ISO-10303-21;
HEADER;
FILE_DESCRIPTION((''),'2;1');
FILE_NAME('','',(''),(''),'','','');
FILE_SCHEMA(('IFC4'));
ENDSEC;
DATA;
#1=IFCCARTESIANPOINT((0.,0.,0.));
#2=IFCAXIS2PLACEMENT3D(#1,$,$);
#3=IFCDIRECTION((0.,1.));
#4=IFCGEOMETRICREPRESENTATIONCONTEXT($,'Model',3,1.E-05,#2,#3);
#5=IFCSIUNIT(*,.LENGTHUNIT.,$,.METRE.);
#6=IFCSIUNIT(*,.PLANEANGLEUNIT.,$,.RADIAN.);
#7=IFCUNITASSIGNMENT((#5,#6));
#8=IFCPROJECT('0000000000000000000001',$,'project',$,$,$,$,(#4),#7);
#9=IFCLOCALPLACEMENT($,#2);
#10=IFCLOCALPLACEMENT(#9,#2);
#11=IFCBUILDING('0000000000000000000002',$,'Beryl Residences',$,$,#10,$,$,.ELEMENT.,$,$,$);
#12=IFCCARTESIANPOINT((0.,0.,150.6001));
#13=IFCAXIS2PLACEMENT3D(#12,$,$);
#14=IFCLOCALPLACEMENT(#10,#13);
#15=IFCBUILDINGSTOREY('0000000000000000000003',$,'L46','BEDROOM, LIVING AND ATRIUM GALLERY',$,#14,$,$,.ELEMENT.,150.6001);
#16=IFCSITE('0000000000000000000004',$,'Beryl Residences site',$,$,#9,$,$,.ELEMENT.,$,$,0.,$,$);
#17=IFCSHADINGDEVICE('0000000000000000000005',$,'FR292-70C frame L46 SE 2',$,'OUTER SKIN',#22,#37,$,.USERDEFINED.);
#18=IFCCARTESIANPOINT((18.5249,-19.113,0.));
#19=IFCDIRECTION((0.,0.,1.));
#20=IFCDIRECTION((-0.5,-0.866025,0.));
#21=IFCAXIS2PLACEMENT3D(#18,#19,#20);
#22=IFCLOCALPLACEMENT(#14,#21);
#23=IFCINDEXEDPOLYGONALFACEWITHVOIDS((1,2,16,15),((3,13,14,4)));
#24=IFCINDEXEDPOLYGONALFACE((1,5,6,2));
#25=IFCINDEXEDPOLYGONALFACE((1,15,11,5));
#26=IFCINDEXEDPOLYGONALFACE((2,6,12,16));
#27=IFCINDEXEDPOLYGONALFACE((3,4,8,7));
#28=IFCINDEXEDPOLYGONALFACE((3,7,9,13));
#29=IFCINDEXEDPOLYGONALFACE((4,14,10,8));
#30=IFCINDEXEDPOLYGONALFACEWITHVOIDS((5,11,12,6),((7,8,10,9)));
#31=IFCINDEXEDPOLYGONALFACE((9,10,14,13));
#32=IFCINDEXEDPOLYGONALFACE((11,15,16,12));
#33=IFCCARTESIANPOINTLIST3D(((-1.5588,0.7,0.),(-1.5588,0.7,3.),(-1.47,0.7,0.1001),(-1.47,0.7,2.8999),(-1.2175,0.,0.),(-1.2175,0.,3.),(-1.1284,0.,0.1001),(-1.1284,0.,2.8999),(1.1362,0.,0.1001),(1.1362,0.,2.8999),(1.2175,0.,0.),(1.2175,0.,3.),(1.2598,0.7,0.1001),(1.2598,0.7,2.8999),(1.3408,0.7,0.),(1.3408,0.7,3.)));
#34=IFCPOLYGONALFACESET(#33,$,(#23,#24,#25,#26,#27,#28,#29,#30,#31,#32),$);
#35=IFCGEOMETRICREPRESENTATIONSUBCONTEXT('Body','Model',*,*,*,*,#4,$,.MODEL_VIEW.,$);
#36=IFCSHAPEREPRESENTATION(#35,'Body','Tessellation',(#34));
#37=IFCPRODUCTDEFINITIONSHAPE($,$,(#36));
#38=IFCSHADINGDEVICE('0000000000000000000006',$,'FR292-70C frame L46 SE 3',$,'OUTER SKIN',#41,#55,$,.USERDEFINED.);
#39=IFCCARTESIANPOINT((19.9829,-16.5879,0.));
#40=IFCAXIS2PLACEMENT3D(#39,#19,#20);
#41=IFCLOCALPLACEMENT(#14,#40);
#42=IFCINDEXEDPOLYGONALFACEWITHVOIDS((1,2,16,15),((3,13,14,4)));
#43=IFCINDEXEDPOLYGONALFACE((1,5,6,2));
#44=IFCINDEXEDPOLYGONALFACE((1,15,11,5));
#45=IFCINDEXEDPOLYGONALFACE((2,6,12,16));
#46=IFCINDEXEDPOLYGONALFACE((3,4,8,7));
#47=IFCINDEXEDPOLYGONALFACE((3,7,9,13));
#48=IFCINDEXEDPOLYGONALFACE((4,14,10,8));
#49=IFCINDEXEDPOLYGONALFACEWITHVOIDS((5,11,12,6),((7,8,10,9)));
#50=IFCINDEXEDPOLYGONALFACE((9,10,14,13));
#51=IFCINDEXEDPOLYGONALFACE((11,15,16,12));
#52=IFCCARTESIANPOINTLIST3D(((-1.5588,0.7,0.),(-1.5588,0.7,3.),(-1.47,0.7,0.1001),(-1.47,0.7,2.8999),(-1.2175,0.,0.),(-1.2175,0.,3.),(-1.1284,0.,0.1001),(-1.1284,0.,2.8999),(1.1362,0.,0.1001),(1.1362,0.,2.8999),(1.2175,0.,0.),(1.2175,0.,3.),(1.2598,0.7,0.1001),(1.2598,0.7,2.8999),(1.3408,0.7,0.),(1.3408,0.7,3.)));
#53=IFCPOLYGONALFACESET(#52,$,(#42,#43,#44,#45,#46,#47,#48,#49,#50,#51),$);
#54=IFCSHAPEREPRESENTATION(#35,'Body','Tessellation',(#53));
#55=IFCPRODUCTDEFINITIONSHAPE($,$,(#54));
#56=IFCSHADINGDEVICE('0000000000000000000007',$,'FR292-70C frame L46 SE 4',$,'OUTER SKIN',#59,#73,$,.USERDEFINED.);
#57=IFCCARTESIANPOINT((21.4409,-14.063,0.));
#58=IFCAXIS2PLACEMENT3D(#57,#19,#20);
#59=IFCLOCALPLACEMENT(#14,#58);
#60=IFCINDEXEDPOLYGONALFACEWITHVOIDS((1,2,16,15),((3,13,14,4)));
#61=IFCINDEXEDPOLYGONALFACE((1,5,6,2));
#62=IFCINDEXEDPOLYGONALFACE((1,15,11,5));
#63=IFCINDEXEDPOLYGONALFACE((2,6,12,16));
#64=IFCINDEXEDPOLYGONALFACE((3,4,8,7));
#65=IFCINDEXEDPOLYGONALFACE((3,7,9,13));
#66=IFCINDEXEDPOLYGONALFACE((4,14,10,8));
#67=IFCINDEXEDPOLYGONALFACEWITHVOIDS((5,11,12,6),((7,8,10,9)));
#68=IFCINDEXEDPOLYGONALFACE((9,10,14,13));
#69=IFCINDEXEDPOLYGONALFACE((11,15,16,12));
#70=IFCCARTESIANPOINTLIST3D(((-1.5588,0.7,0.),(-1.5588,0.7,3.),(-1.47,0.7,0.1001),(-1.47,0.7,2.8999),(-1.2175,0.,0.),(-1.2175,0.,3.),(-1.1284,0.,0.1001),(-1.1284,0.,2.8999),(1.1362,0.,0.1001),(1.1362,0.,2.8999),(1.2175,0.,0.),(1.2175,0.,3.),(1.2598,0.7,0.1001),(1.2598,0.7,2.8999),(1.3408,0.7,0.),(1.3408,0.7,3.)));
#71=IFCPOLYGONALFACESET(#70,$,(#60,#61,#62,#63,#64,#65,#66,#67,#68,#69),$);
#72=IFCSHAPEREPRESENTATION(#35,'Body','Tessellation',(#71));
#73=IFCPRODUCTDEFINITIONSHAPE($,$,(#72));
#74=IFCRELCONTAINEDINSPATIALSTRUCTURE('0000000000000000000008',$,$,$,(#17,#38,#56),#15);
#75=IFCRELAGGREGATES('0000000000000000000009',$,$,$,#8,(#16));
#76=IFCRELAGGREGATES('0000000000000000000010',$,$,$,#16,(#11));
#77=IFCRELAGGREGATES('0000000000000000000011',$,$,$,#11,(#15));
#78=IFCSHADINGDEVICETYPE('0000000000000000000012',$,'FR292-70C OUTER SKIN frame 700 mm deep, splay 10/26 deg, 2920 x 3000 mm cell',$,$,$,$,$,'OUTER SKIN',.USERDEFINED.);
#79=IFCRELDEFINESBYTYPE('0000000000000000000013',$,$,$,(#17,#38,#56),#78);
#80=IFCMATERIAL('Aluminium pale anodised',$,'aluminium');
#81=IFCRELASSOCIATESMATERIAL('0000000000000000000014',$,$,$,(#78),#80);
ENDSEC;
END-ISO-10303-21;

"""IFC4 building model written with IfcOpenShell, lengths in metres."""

from ifc_helpers import new_model, entity, si_unit, direction, frame, origin, place, context, subcontext, project, spatial, source, transform, mapped, material, type_object, type_shapes, element, save


model = new_model("IFC4")

# Units and contexts
model_context = context("Model", 3, precision=1e-05, world=origin(), true_north=direction((0.0, 1.0)))
body_context = subcontext(model_context, "Body", "Model", "MODEL_VIEW")
ifc_project = project(units=[si_unit("LENGTHUNIT", "METRE"), si_unit("PLANEANGLEUNIT", "RADIAN")], contexts=[model_context])

# Site, building, storey
site_placement = place(None, origin())
site = spatial("IfcSite", under=ifc_project, at=site_placement, Name="Beryl Residences site", CompositionType="ELEMENT", RefElevation=0.0)
building_placement = place(site_placement, origin())
building = spatial("IfcBuilding", under=site, at=building_placement, Name="Beryl Residences", CompositionType="ELEMENT")
storey_placement = place(building_placement, frame((0.0, 0.0, 150.6001)))
storey = spatial("IfcBuildingStorey", under=building, at=storey_placement, Name="L46", Description="BEDROOM, LIVING AND ATRIUM GALLERY", CompositionType="ELEMENT", Elevation=150.6001)

# Shading devices
ifc_material_1 = material(Name="Aluminium pale anodised", Category="aluminium")
shading_device_type = type_object("IfcShadingDeviceType", Name="FR292-70C OUTER SKIN frame 700 mm deep, splay 10/26 deg, 2920 x 3000 mm cell", ElementType="OUTER SKIN", PredefinedType="USERDEFINED", material=ifc_material_1)
cartesian_point_1 = entity("IfcCartesianPoint", [-1.2175, 0.0])
cartesian_point_2 = entity("IfcCartesianPoint", [-1.1362, 0.1001])
cartesian_point_3 = entity("IfcCartesianPoint", [-1.3408, 0.0])
cartesian_point_4 = entity("IfcCartesianPoint", [-1.2598, 0.1001])
shared_shape = source(origin(), body_context, "Body", "SweptSolid", [
    entity("IfcExtrudedAreaSolidTapered", entity("IfcArbitraryProfileDefWithVoids", "AREA", None, entity("IfcPolyline", [cartesian_point_1, entity("IfcCartesianPoint", [1.2175, 0.0]), entity("IfcCartesianPoint", [1.2175, 3.0]), entity("IfcCartesianPoint", [-1.2175, 3.0]), cartesian_point_1]), [entity("IfcPolyline", [cartesian_point_2, entity("IfcCartesianPoint", [1.1284, 0.1001]), entity("IfcCartesianPoint", [1.1284, 2.8999]), entity("IfcCartesianPoint", [-1.1362, 2.8999]), cartesian_point_2])]), entity("IfcAxis2Placement3D", entity("IfcCartesianPoint", [0.0, 0.0, 0.0]), entity("IfcDirection", [0.0, 1.0, 0.0]), entity("IfcDirection", [-1.0, 0.0, 0.0])), entity("IfcDirection", [0.0, 0.0, 1.0]), 0.7, entity("IfcArbitraryProfileDefWithVoids", "AREA", None, entity("IfcPolyline", [cartesian_point_3, entity("IfcCartesianPoint", [1.5588, 0.0]), entity("IfcCartesianPoint", [1.5588, 3.0]), entity("IfcCartesianPoint", [-1.3408, 3.0]), cartesian_point_3]), [entity("IfcPolyline", [cartesian_point_4, entity("IfcCartesianPoint", [1.47, 0.1001]), entity("IfcCartesianPoint", [1.47, 2.8999]), entity("IfcCartesianPoint", [-1.2598, 2.8999]), cartesian_point_4])])),
])
type_shapes(shading_device_type, [shared_shape])
for number, where, z_axis, x_axis, name in (
    (1, (18.5249, -19.113, 0.0), (0.0, 0.0, 1.0), (-0.5, -0.866025, 0.0), "FR292-70C frame L46 SE 2"),
    (2, (19.9829, -16.5879, 0.0), (0.0, 0.0, 1.0), (-0.5, -0.866025, 0.0), "FR292-70C frame L46 SE 3"),
    (3, (21.4409, -14.063, 0.0), (0.0, 0.0, 1.0), (-0.5, -0.866025, 0.0), "FR292-70C frame L46 SE 4"),
):
    element("IfcShadingDevice", number, at=place(storey_placement, frame(where, z_axis=z_axis, x_axis=x_axis)), inside=storey, type_object=shading_device_type, Name=name, ObjectType="OUTER SKIN", PredefinedType="USERDEFINED", context=body_context, shape_type="MappedRepresentation", body=[
        mapped(shared_shape, transform((0.0, 0.0, 0.0))),
    ])

save(model, "model.ifc")
